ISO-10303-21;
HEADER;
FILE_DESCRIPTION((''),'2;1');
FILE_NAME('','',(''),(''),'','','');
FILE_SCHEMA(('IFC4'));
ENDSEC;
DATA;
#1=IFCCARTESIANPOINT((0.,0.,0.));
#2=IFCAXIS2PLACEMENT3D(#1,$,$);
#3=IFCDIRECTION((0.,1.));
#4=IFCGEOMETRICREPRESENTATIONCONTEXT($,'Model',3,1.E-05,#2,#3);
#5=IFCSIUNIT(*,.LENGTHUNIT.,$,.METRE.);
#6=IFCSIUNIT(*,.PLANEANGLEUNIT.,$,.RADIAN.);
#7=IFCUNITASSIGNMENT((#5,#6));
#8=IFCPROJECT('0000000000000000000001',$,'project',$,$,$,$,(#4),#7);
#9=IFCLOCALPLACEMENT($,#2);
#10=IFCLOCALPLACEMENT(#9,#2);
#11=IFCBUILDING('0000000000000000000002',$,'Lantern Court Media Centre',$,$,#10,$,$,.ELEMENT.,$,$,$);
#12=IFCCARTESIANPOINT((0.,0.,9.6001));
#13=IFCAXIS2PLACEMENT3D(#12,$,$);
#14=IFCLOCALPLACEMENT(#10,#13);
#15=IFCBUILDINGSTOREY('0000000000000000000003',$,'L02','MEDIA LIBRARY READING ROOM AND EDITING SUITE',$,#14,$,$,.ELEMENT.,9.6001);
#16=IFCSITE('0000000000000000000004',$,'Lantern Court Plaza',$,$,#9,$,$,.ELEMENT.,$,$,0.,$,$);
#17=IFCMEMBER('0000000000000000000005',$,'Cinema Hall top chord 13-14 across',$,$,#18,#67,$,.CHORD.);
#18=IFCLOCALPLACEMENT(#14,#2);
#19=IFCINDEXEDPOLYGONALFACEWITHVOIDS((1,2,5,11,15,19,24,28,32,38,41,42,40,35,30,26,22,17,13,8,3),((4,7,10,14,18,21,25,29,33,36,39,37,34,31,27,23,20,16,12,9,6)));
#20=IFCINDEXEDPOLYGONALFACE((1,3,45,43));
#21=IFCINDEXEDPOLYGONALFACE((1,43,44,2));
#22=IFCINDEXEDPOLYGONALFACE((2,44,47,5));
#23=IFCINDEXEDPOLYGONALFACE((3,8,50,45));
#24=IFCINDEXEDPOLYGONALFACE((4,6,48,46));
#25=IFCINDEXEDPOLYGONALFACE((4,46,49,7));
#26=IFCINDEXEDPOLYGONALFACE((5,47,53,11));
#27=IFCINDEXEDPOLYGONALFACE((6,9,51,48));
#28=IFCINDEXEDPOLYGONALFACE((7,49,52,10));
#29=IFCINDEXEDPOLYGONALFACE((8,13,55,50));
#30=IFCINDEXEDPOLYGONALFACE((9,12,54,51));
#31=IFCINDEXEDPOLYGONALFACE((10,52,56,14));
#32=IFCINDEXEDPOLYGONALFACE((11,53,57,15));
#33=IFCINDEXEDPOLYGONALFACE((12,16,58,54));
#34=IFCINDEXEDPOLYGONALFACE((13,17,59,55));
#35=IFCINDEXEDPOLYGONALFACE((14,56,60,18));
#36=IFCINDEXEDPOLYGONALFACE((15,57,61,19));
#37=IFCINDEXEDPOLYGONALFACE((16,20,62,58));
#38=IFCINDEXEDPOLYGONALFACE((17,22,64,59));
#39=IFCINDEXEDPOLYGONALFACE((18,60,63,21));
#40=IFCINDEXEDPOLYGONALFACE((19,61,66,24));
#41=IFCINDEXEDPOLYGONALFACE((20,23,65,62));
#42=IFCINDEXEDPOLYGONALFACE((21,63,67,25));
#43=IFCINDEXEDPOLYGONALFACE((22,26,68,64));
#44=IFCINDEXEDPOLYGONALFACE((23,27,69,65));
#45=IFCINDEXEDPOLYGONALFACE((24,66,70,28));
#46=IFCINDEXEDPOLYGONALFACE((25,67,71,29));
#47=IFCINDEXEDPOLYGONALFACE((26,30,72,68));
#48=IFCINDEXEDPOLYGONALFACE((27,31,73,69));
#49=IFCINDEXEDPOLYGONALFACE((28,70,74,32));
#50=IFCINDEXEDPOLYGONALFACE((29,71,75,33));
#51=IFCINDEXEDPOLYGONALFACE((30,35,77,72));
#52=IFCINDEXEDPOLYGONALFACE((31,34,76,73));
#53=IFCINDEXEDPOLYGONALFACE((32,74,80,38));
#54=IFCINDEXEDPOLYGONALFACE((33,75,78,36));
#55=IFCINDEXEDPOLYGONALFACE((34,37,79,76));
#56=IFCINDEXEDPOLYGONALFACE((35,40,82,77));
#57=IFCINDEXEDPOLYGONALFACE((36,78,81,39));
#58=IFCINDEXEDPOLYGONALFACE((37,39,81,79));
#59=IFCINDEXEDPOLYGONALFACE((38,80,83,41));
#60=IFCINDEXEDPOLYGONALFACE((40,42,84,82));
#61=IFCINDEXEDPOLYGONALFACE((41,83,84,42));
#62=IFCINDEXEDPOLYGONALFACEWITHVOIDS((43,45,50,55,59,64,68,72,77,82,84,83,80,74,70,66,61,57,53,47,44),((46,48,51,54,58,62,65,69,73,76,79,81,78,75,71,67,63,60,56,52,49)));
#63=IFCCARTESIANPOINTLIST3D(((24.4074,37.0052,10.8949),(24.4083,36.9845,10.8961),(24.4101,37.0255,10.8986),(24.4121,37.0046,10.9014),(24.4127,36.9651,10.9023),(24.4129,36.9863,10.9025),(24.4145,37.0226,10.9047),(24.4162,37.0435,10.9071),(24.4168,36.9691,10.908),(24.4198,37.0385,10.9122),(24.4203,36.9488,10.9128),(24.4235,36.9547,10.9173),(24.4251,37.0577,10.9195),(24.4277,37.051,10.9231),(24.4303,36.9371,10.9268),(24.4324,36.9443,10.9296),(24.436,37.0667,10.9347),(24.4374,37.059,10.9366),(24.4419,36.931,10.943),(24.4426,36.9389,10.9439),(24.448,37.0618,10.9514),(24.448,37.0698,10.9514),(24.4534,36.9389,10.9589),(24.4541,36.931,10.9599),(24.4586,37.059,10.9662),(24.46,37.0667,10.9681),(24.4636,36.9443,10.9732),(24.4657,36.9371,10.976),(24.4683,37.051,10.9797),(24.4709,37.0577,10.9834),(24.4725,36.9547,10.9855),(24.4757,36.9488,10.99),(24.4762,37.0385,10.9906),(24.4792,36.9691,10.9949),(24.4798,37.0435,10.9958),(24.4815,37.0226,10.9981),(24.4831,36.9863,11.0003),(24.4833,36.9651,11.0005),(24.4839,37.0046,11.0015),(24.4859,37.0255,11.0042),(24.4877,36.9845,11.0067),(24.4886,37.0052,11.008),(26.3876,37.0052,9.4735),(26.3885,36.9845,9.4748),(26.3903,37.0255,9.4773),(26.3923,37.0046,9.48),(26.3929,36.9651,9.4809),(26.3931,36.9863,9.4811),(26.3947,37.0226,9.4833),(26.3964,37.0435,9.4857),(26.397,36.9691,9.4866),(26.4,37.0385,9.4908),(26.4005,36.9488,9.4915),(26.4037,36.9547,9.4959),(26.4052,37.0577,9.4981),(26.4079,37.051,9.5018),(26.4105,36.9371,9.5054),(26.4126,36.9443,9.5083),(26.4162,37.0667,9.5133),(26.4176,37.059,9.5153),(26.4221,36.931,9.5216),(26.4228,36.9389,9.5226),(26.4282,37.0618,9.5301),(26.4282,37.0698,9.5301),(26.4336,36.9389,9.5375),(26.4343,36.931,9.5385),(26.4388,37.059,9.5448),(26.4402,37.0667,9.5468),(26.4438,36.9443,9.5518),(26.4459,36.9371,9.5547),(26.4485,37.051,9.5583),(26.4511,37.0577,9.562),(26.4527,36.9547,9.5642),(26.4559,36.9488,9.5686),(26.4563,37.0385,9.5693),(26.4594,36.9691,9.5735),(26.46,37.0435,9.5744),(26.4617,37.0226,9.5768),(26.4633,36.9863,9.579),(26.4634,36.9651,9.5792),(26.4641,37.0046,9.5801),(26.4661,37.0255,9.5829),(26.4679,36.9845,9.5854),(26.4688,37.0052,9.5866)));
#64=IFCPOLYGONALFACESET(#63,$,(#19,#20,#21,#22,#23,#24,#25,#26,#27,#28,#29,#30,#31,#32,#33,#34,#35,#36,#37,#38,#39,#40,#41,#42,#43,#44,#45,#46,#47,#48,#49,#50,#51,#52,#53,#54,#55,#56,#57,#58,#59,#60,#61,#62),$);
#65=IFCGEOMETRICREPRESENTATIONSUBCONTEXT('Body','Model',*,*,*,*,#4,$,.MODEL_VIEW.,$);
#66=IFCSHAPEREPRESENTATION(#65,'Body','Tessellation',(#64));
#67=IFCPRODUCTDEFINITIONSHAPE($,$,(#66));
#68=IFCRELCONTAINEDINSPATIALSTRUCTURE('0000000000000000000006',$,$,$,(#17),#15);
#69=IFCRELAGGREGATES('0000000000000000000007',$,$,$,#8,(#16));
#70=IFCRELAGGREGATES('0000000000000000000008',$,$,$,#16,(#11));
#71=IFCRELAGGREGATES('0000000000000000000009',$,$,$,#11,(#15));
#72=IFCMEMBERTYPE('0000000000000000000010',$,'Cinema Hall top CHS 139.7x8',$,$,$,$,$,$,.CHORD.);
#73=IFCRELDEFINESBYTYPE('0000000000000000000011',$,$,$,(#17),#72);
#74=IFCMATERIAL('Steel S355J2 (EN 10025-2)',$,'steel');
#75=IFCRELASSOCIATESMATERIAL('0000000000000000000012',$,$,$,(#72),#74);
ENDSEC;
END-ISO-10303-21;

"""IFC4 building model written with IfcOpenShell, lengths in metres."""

from ifc_helpers import new_model, si_unit, direction, frame, origin, origin_2d, place, context, subcontext, project, spatial, hollow_circle, extrude, material, material_profile, profile_set, type_object, element, save


model = new_model("IFC4")

# Units and contexts
model_context = context("Model", 3, precision=1e-05, world=origin(), true_north=direction((0.0, 1.0)))
body_context = subcontext(model_context, "Body", "Model", "MODEL_VIEW")
ifc_project = project(units=[si_unit("LENGTHUNIT", "METRE"), si_unit("PLANEANGLEUNIT", "RADIAN")], contexts=[model_context])

# Site, building, storey
site_placement = place(None, origin())
site = spatial("IfcSite", under=ifc_project, at=site_placement, Name="Lantern Court Plaza", CompositionType="ELEMENT", RefElevation=0.0)
building_placement = place(site_placement, origin())
building = spatial("IfcBuilding", under=site, at=building_placement, Name="Lantern Court Media Centre", CompositionType="ELEMENT")
storey_placement = place(building_placement, frame((0.0, 0.0, 9.6001)))
storey = spatial("IfcBuildingStorey", under=building, at=storey_placement, Name="L02", Description="MEDIA LIBRARY READING ROOM AND EDITING SUITE", CompositionType="ELEMENT", Elevation=9.6001)

# Member
ifc_material = material(Name="Steel S355J2 (EN 10025-2)", Category="steel")
ifc_material_profile_1 = material_profile(ifc_material, hollow_circle(Radius=0.0698, WallThickness=0.0081, at=origin_2d()), Name="Cinema Hall top CHS 139.7x8")
ifc_profile_set_1 = profile_set([ifc_material_profile_1], Name="Steel S355J2 (EN 10025-2)")
member_type_1 = type_object("IfcMemberType", Name="Cinema Hall top CHS 139.7x8", PredefinedType="CHORD", material=ifc_profile_set_1)
member_1_placement = place(storey_placement, frame((24.448, 37.0, 10.9514), z_axis=(0.812385, 0.0, -0.583122), x_axis=(0.0, 1.0, 0.0)))
element("IfcMember", 1, at=member_1_placement, inside=storey, type_object=member_type_1, Name="Cinema Hall top chord 13-14 across", PredefinedType="CHORD", context=body_context, shape_type="SweptSolid", body=[
    extrude(hollow_circle(Radius=0.0698, WallThickness=0.0081, at=origin_2d()), origin(), (0.0, 0.0, 1.0), 2.4375),
])

save(model, "model.ifc")
